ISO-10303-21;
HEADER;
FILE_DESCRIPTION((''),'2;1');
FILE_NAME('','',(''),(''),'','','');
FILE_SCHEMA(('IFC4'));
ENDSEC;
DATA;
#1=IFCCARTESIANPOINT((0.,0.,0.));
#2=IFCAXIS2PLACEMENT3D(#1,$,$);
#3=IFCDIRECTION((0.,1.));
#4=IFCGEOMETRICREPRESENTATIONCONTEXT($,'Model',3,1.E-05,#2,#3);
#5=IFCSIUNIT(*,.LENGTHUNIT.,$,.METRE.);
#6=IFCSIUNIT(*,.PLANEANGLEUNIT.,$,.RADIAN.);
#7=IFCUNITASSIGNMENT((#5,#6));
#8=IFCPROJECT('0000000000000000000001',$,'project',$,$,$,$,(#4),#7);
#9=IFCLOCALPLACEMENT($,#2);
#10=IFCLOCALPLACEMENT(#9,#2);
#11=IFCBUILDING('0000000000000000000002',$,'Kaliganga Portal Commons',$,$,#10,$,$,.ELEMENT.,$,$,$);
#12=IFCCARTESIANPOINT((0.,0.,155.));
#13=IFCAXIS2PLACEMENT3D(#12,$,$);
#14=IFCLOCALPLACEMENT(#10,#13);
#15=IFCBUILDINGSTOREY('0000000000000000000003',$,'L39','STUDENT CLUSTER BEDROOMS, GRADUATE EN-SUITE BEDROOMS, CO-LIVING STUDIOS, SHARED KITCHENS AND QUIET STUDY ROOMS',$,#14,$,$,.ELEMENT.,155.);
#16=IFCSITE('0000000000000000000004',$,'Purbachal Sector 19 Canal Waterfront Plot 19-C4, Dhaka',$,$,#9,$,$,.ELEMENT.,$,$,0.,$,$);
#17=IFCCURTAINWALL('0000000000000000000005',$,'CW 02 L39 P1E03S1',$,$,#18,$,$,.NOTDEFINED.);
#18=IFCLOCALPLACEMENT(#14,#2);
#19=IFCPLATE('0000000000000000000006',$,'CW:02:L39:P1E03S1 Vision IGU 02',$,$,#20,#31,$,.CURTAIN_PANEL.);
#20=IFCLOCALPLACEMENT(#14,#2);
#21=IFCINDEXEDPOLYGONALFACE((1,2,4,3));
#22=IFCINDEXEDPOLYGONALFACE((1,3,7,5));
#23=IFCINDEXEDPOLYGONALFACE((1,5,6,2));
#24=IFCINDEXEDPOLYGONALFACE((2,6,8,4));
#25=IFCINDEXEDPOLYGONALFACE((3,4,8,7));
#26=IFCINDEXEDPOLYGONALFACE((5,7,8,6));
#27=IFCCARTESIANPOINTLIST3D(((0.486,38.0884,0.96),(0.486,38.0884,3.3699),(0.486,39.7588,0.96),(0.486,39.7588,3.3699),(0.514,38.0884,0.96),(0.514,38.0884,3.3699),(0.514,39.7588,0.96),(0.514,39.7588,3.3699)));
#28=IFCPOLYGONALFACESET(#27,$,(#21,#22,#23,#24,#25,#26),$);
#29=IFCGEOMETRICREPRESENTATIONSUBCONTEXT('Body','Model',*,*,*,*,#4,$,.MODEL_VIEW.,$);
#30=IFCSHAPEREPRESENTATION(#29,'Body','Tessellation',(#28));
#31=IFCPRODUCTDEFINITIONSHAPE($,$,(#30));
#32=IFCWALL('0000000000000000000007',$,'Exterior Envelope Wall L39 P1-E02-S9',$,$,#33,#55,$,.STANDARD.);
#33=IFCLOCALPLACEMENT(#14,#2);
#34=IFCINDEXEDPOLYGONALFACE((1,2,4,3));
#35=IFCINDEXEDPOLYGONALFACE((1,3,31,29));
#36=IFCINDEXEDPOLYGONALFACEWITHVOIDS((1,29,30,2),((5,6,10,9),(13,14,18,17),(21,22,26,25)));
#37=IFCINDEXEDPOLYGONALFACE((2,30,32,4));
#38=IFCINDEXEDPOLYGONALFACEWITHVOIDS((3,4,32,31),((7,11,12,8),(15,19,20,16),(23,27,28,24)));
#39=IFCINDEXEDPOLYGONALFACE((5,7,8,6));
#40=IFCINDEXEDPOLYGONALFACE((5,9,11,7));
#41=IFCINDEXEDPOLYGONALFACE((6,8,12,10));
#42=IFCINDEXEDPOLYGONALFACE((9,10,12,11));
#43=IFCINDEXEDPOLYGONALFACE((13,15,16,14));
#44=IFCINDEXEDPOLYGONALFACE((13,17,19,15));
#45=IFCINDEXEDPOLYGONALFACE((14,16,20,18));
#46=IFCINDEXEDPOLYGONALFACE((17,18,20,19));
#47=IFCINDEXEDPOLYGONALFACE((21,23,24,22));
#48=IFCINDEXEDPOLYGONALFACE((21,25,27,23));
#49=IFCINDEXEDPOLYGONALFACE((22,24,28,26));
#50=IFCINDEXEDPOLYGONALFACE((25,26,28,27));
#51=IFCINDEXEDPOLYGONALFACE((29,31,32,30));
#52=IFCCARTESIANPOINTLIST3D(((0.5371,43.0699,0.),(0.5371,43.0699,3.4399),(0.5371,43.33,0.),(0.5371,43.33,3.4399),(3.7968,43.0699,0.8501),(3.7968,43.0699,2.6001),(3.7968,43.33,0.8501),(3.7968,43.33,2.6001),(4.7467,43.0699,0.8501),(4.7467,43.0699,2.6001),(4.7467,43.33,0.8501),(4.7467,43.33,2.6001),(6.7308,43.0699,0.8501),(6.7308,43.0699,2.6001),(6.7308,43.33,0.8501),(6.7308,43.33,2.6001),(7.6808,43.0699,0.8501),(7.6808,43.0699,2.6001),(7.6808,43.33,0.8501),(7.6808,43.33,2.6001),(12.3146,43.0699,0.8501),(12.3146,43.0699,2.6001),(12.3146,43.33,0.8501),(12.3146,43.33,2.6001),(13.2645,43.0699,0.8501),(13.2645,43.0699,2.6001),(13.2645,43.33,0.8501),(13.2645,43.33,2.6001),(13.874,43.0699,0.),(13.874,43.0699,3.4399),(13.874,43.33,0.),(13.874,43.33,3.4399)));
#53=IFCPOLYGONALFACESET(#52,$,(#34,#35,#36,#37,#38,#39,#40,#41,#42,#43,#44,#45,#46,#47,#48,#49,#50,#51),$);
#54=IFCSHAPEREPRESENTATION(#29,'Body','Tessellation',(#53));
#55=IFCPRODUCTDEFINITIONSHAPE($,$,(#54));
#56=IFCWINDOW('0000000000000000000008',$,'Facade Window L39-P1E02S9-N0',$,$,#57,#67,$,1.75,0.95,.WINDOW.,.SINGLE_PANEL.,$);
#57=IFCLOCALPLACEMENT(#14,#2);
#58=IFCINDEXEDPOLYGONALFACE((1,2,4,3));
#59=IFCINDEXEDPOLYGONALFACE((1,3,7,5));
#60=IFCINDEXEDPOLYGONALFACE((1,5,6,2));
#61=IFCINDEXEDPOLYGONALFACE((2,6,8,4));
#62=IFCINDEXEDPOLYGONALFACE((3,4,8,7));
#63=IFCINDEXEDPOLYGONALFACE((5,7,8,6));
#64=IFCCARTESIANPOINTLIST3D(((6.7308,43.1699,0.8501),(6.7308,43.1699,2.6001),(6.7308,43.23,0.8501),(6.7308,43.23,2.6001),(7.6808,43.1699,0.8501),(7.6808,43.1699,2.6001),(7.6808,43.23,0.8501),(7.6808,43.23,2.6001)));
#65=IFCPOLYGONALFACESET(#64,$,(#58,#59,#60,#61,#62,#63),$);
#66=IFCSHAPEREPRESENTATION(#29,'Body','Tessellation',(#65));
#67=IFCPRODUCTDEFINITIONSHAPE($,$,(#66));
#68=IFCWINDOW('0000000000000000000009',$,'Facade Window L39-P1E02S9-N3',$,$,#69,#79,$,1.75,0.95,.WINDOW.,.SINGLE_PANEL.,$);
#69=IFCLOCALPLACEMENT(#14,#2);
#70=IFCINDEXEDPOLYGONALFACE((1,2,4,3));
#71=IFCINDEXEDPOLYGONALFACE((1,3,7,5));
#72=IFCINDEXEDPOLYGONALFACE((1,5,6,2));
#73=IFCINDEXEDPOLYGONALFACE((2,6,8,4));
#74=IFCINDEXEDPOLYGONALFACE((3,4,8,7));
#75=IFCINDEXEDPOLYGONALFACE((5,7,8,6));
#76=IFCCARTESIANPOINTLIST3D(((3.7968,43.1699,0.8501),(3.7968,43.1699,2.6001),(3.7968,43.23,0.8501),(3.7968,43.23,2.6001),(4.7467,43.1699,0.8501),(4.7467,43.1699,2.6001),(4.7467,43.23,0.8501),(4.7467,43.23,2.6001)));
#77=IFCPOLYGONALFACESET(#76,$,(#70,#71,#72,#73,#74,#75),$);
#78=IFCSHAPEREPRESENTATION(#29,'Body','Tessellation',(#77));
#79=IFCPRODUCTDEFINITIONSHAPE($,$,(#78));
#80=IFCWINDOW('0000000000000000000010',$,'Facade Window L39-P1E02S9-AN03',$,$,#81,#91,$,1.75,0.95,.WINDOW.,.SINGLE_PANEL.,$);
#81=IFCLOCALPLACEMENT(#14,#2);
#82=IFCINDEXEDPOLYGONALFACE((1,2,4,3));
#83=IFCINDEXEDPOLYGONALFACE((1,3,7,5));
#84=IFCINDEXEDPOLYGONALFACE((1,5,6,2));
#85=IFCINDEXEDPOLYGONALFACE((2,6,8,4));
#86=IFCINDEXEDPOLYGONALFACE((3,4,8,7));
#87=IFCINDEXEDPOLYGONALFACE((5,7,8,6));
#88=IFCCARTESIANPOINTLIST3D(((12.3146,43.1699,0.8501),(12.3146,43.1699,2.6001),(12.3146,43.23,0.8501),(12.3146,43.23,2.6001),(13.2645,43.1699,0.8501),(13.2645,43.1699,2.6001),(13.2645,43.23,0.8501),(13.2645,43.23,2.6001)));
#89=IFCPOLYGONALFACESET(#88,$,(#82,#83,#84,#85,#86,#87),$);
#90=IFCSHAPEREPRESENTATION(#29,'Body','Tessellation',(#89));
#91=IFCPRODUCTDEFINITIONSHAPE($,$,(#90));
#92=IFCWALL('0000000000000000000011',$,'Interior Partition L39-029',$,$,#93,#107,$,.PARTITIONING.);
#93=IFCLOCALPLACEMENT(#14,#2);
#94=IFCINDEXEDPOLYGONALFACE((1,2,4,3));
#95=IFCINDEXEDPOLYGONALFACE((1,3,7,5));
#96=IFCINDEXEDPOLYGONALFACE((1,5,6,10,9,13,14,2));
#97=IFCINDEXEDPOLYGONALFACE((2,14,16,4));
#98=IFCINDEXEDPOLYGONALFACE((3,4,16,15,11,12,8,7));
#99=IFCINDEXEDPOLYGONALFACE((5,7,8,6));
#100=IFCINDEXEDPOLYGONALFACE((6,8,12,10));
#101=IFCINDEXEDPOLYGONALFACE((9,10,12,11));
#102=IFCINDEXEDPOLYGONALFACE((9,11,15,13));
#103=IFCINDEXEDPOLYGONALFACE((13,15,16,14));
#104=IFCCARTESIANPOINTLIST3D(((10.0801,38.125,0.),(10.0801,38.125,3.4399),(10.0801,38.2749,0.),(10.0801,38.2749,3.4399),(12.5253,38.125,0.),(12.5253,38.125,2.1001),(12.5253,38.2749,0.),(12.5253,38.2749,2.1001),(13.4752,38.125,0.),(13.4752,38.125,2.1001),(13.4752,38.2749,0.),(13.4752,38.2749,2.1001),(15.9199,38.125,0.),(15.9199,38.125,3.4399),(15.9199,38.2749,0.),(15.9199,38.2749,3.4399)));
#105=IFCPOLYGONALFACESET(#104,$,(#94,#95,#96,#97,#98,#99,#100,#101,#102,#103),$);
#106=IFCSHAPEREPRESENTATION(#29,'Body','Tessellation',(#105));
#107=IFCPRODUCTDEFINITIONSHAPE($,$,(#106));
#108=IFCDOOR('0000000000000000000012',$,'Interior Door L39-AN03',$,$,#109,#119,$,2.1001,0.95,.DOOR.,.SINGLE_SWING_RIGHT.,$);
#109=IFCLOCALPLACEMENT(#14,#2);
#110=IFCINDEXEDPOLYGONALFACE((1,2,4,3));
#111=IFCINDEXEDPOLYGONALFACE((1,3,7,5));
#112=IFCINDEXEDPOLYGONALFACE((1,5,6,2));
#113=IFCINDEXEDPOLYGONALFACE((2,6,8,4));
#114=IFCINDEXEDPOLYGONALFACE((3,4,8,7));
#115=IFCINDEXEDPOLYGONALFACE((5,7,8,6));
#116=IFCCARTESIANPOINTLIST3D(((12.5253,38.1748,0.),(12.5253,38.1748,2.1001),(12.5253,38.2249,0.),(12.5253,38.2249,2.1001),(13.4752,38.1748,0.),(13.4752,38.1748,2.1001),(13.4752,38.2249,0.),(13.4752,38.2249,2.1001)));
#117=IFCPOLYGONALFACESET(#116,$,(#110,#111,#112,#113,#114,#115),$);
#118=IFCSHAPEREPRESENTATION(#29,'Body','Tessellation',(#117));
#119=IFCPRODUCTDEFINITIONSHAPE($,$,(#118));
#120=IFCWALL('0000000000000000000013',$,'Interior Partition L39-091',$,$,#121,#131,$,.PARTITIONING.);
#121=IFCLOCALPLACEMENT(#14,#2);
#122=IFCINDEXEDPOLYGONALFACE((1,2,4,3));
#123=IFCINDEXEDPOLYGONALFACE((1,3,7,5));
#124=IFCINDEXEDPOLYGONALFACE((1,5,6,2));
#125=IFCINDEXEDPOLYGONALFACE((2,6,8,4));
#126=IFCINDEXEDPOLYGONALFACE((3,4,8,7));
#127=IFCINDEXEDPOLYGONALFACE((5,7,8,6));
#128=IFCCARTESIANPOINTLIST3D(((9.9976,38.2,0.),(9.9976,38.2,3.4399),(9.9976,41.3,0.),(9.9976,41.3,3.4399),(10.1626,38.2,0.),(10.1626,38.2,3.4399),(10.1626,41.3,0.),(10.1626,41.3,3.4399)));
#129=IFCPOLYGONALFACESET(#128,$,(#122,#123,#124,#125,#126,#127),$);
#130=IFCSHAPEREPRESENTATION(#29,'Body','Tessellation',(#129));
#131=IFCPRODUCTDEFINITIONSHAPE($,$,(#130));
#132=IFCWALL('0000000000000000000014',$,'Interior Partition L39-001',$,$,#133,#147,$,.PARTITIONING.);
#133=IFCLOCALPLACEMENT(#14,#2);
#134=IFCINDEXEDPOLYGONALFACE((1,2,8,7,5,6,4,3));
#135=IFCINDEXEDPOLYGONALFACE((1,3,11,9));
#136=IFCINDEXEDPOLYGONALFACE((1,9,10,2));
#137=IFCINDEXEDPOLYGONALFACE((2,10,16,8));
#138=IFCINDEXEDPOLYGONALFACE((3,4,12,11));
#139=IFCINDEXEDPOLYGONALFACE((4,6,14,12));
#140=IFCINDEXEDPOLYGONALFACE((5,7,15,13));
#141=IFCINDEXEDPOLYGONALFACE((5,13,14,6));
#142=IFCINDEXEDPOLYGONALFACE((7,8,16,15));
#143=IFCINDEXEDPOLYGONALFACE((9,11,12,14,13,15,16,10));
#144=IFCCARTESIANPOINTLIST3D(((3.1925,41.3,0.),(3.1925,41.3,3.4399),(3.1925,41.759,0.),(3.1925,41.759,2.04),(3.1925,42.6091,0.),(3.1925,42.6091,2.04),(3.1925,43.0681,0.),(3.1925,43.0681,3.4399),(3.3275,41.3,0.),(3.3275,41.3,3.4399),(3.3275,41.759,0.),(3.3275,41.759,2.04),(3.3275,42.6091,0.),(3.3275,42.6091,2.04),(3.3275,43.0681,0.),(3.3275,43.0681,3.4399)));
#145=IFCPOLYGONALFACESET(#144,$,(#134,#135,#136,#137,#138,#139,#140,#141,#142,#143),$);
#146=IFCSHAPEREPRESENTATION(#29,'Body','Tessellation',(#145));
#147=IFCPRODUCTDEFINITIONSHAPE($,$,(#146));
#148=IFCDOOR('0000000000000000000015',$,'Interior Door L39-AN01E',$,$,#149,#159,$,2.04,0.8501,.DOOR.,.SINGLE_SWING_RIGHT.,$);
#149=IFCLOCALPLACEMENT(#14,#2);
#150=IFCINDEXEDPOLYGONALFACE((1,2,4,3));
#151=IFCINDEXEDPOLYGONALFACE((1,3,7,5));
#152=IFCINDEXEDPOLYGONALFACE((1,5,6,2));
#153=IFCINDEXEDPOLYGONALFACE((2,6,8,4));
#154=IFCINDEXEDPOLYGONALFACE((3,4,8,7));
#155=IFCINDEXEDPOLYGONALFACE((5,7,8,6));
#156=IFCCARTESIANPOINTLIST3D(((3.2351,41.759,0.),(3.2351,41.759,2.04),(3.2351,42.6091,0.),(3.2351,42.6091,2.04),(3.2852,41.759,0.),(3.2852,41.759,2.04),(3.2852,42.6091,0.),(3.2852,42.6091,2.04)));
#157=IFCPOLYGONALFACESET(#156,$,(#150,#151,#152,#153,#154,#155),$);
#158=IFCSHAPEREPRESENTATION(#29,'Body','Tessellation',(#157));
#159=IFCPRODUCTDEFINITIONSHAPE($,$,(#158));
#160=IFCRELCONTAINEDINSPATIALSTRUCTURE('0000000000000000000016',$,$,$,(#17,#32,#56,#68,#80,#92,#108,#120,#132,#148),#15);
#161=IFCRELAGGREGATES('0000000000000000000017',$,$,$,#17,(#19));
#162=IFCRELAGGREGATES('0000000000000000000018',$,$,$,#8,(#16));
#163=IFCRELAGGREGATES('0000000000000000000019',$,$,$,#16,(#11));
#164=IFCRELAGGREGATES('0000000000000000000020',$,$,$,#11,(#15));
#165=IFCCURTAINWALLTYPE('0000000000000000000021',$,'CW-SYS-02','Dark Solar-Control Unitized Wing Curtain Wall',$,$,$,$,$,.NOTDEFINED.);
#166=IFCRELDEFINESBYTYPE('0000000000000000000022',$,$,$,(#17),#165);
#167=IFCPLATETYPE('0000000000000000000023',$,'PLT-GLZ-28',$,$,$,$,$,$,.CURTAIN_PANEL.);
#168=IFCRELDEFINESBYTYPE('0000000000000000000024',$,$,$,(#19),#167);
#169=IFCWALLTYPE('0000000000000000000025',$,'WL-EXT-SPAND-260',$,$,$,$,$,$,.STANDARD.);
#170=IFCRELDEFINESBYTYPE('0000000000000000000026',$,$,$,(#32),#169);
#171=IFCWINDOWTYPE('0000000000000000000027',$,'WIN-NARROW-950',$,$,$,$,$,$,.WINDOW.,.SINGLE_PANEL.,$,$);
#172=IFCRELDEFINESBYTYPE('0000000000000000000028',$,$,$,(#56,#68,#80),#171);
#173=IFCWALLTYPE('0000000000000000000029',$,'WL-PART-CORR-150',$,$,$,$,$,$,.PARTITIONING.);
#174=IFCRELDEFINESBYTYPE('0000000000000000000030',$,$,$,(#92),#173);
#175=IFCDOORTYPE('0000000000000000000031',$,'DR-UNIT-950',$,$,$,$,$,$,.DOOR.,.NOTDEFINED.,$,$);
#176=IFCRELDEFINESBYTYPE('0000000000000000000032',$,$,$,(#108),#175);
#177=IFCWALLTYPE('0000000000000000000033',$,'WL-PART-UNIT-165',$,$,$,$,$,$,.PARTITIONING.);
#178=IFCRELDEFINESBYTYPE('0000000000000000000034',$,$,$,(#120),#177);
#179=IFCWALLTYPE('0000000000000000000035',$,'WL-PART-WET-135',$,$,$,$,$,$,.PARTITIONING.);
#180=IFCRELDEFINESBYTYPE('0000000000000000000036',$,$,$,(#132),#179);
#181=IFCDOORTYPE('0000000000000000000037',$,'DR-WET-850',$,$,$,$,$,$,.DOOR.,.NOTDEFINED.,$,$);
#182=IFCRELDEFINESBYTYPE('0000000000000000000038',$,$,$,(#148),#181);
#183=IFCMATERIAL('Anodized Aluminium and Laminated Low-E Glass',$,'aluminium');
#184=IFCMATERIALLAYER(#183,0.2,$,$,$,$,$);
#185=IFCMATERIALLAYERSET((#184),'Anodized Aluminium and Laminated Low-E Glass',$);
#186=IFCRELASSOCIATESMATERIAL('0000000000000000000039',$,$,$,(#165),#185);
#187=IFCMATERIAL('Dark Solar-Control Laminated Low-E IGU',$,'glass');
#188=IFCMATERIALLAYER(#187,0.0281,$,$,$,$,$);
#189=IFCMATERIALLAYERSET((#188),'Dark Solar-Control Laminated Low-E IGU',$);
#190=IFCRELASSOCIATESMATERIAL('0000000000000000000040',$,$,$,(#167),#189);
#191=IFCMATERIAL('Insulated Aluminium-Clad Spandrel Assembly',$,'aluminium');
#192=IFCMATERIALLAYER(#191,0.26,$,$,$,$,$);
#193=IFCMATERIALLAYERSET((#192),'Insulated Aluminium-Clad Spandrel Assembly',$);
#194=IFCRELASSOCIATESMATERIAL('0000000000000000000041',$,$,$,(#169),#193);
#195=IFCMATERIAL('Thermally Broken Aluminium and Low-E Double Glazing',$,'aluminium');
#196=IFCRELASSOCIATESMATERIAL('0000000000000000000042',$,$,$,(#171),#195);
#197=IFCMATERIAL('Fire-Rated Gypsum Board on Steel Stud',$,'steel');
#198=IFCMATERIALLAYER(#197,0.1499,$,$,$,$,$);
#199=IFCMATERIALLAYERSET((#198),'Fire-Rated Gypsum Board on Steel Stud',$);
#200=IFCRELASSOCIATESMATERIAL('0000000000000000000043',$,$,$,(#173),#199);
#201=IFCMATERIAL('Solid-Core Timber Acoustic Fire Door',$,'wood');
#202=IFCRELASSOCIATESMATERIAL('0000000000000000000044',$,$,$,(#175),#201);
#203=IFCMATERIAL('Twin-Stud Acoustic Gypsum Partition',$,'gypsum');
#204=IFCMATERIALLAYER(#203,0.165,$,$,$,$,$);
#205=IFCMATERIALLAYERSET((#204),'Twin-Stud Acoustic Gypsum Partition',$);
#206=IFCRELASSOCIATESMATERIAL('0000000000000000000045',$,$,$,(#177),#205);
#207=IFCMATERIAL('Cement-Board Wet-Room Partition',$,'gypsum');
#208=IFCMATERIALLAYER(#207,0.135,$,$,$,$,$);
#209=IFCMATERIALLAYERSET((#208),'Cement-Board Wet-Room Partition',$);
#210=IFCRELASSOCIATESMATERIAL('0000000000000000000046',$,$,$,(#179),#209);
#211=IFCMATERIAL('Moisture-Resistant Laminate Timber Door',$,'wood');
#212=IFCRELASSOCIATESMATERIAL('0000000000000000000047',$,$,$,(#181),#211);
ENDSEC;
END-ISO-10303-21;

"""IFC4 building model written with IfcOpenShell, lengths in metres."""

from ifc_helpers import new_model, si_unit, direction, frame, frame_2d, origin, origin_2d, place, context, subcontext, project, spatial, rectangle, extrude, source, transform, mapped, material, layer, layer_set, type_object, element, fill, aggregate, save


model = new_model("IFC4")

# Units and contexts
model_context = context("Model", 3, precision=1e-05, world=origin(), true_north=direction((0.0, 1.0)))
body_context = subcontext(model_context, "Body", "Model", "MODEL_VIEW")
ifc_project = project(units=[si_unit("LENGTHUNIT", "METRE"), si_unit("PLANEANGLEUNIT", "RADIAN")], contexts=[model_context])

# Site, building, storey
site_placement = place(None, origin())
site = spatial("IfcSite", under=ifc_project, at=site_placement, Name="Purbachal Sector 19 Canal Waterfront Plot 19-C4, Dhaka", CompositionType="ELEMENT", RefElevation=0.0)
building_placement = place(site_placement, origin())
building = spatial("IfcBuilding", under=site, at=building_placement, Name="Kaliganga Portal Commons", CompositionType="ELEMENT")
storey_placement = place(building_placement, frame((0.0, 0.0, 155.0)))
storey = spatial("IfcBuildingStorey", under=building, at=storey_placement, Name="L39", Description="STUDENT CLUSTER BEDROOMS, GRADUATE EN-SUITE BEDROOMS, CO-LIVING STUDIOS, SHARED KITCHENS AND QUIET STUDY ROOMS", CompositionType="ELEMENT", Elevation=155.0)

# Curtain wall, plate
ifc_material_1 = material(Name="Anodized Aluminium and Laminated Low-E Glass", Category="aluminium")
ifc_layer_1 = layer(ifc_material_1, 0.2)
ifc_layer_set_1 = layer_set([ifc_layer_1], Name="Anodized Aluminium and Laminated Low-E Glass")
curtain_wall_type = type_object("IfcCurtainWallType", Name="CW-SYS-02", Description="Dark Solar-Control Unitized Wing Curtain Wall", PredefinedType="NOTDEFINED", material=ifc_layer_set_1)
curtain_wall_placement = place(storey_placement, origin())
curtain_wall = element("IfcCurtainWall", 1, at=curtain_wall_placement, inside=storey, type_object=curtain_wall_type, Name="CW 02 L39 P1E03S1", PredefinedType="NOTDEFINED")
ifc_material_2 = material(Name="Dark Solar-Control Laminated Low-E IGU", Category="glass")
ifc_layer_2 = layer(ifc_material_2, 0.0281)
ifc_layer_set_2 = layer_set([ifc_layer_2], Name="Dark Solar-Control Laminated Low-E IGU")
plate_type_1 = type_object("IfcPlateType", Name="PLT-GLZ-28", PredefinedType="CURTAIN_PANEL", material=ifc_layer_set_2)
shared_shape_1 = source(origin(), body_context, "Body", "SweptSolid", [
    extrude(rectangle(XDim=1.6704, YDim=0.0281, at=origin_2d()), origin(), (0.0, 0.0, 1.0), 2.4099),
])
plate_1_placement = place(storey_placement, frame((0.5, 38.9236, 0.96), z_axis=(0.0, 0.0, 1.0), x_axis=(0.0, -1.0, 0.0)))
plate_1 = element("IfcPlate", 2, at=plate_1_placement, type_object=plate_type_1, Name="CW:02:L39:P1E03S1 Vision IGU 02", PredefinedType="CURTAIN_PANEL", context=body_context, shape_type="MappedRepresentation", body=[
    mapped(shared_shape_1, transform((0.0, 0.0, 0.0), x_axis=(1.0, 0.0, 0.0), y_axis=(0.0, 1.0, 0.0), z_axis=(0.0, 0.0, 1.0), scale=1.0)),
])
aggregate(curtain_wall, [plate_1])

# Wall, openings, windows
ifc_material_3 = material(Name="Insulated Aluminium-Clad Spandrel Assembly", Category="aluminium")
ifc_layer_3 = layer(ifc_material_3, 0.26)
ifc_layer_set_3 = layer_set([ifc_layer_3], Name="Insulated Aluminium-Clad Spandrel Assembly")
wall_type_1 = type_object("IfcWallType", Name="WL-EXT-SPAND-260", PredefinedType="STANDARD", material=ifc_layer_set_3)
wall_1_placement = place(storey_placement, frame((0.5371, 43.2, 0.0), z_axis=(0.0, 0.0, 1.0), x_axis=(1.0, 0.0, 0.0)))
wall_1 = element("IfcWall", 3, at=wall_1_placement, inside=storey, type_object=wall_type_1, Name="Exterior Envelope Wall L39 P1-E02-S9", PredefinedType="STANDARD", context=body_context, shape_type="SweptSolid", body=[
    extrude(rectangle(XDim=13.3369, YDim=0.26, at=frame_2d((6.6685, 0.0))), origin(), (0.0, 0.0, 1.0), 3.4399),
])
opening_1_placement = place(wall_1_placement, frame((6.1936, 0.0, 0.8501)))
opening_1 = element("IfcOpeningElement", 4, at=opening_1_placement, cuts=wall_1, PredefinedType="OPENING", context=body_context, shape_type="SweptSolid", body=[
    extrude(rectangle(XDim=0.95, YDim=1.75, at=frame_2d((0.4751, 0.875))), frame((0.0, 0.1401, 0.0), z_axis=(0.0, -1.0, 0.0), x_axis=(1.0, 0.0, 0.0)), (0.0, 0.0, 1.0), 0.28),
])
opening_2_placement = place(wall_1_placement, frame((3.2595, 0.0, 0.8501)))
opening_2 = element("IfcOpeningElement", 5, at=opening_2_placement, cuts=wall_1, PredefinedType="OPENING", context=body_context, shape_type="SweptSolid", body=[
    extrude(rectangle(XDim=0.95, YDim=1.75, at=frame_2d((0.4751, 0.875))), frame((0.0, 0.1401, 0.0), z_axis=(0.0, -1.0, 0.0), x_axis=(1.0, 0.0, 0.0)), (0.0, 0.0, 1.0), 0.28),
])
opening_3_placement = place(wall_1_placement, frame((11.7773, 0.0, 0.8501)))
opening_3 = element("IfcOpeningElement", 6, at=opening_3_placement, cuts=wall_1, PredefinedType="OPENING", context=body_context, shape_type="SweptSolid", body=[
    extrude(rectangle(XDim=0.95, YDim=1.75, at=frame_2d((0.4751, 0.875))), frame((0.0, 0.1401, 0.0), z_axis=(0.0, -1.0, 0.0), x_axis=(1.0, 0.0, 0.0)), (0.0, 0.0, 1.0), 0.28),
])
ifc_material_4 = material(Name="Thermally Broken Aluminium and Low-E Double Glazing", Category="aluminium")
window_type = type_object("IfcWindowType", Name="WIN-NARROW-950", PartitioningType="SINGLE_PANEL", PredefinedType="WINDOW", material=ifc_material_4)
window_1_placement = place(opening_1_placement, origin())
window_1 = element("IfcWindow", 7, at=window_1_placement, inside=storey, type_object=window_type, Name="Facade Window L39-P1E02S9-N0", OverallHeight=1.75, OverallWidth=0.95, PartitioningType="SINGLE_PANEL", PredefinedType="WINDOW", context=body_context, shape_type="SweptSolid", body=[
    extrude(rectangle(XDim=0.95, YDim=1.75, at=frame_2d((0.4751, 0.875))), frame((0.0, 0.03, 0.0), z_axis=(0.0, -1.0, 0.0), x_axis=(1.0, 0.0, 0.0)), (0.0, 0.0, 1.0), 0.0601),
])
fill(opening_1, window_1)
window_2_placement = place(opening_2_placement, origin())
window_2 = element("IfcWindow", 8, at=window_2_placement, inside=storey, type_object=window_type, Name="Facade Window L39-P1E02S9-N3", OverallHeight=1.75, OverallWidth=0.95, PartitioningType="SINGLE_PANEL", PredefinedType="WINDOW", context=body_context, shape_type="SweptSolid", body=[
    extrude(rectangle(XDim=0.95, YDim=1.75, at=frame_2d((0.4751, 0.875))), frame((0.0, 0.03, 0.0), z_axis=(0.0, -1.0, 0.0), x_axis=(1.0, 0.0, 0.0)), (0.0, 0.0, 1.0), 0.0601),
])
fill(opening_2, window_2)
window_3_placement = place(opening_3_placement, origin())
window_3 = element("IfcWindow", 9, at=window_3_placement, inside=storey, type_object=window_type, Name="Facade Window L39-P1E02S9-AN03", OverallHeight=1.75, OverallWidth=0.95, PartitioningType="SINGLE_PANEL", PredefinedType="WINDOW", context=body_context, shape_type="SweptSolid", body=[
    extrude(rectangle(XDim=0.95, YDim=1.75, at=frame_2d((0.4751, 0.875))), frame((0.0, 0.03, 0.0), z_axis=(0.0, -1.0, 0.0), x_axis=(1.0, 0.0, 0.0)), (0.0, 0.0, 1.0), 0.0601),
])
fill(opening_3, window_3)

# Wall, opening, door
ifc_material_5 = material(Name="Fire-Rated Gypsum Board on Steel Stud", Category="steel")
ifc_layer_4 = layer(ifc_material_5, 0.1499)
ifc_layer_set_4 = layer_set([ifc_layer_4], Name="Fire-Rated Gypsum Board on Steel Stud")
wall_type_2 = type_object("IfcWallType", Name="WL-PART-CORR-150", PredefinedType="PARTITIONING", material=ifc_layer_set_4)
wall_2_placement = place(storey_placement, frame((10.0801, 38.2, 0.0), z_axis=(0.0, 0.0, 1.0), x_axis=(1.0, 0.0, 0.0)))
wall_2 = element("IfcWall", 10, at=wall_2_placement, inside=storey, type_object=wall_type_2, Name="Interior Partition L39-029", PredefinedType="PARTITIONING", context=body_context, shape_type="SweptSolid", body=[
    extrude(rectangle(XDim=5.8398, YDim=0.1499, at=frame_2d((2.9199, 0.0))), origin(), (0.0, 0.0, 1.0), 3.4399),
])
opening_4_placement = place(wall_2_placement, frame((2.4451, 0.0, 0.0)))
opening_4 = element("IfcOpeningElement", 11, at=opening_4_placement, cuts=wall_2, PredefinedType="OPENING", context=body_context, shape_type="SweptSolid", body=[
    extrude(rectangle(XDim=0.95, YDim=2.1001, at=frame_2d((0.4751, 1.05))), frame((0.0, 0.085, 0.0), z_axis=(0.0, -1.0, 0.0), x_axis=(1.0, 0.0, 0.0)), (0.0, 0.0, 1.0), 0.1699),
])
ifc_material_6 = material(Name="Solid-Core Timber Acoustic Fire Door", Category="wood")
door_type_1 = type_object("IfcDoorType", Name="DR-UNIT-950", OperationType="NOTDEFINED", PredefinedType="DOOR", material=ifc_material_6)
door_1_placement = place(opening_4_placement, origin())
door_1 = element("IfcDoor", 12, at=door_1_placement, inside=storey, type_object=door_type_1, Name="Interior Door L39-AN03", OperationType="SINGLE_SWING_RIGHT", OverallHeight=2.1001, OverallWidth=0.95, PredefinedType="DOOR", context=body_context, shape_type="SweptSolid", body=[
    extrude(rectangle(XDim=0.95, YDim=2.1001, at=frame_2d((0.4751, 1.05))), frame((0.0, 0.0249, 0.0), z_axis=(0.0, -1.0, 0.0), x_axis=(1.0, 0.0, 0.0)), (0.0, 0.0, 1.0), 0.05),
])
fill(opening_4, door_1)

# Wall
ifc_material_7 = material(Name="Twin-Stud Acoustic Gypsum Partition", Category="gypsum")
ifc_layer_5 = layer(ifc_material_7, 0.165)
ifc_layer_set_5 = layer_set([ifc_layer_5], Name="Twin-Stud Acoustic Gypsum Partition")
wall_type_3 = type_object("IfcWallType", Name="WL-PART-UNIT-165", PredefinedType="PARTITIONING", material=ifc_layer_set_5)
wall_3_placement = place(storey_placement, frame((10.0801, 38.2, 0.0), z_axis=(0.0, 0.0, 1.0), x_axis=(0.0, 1.0, 0.0)))
element("IfcWall", 13, at=wall_3_placement, inside=storey, type_object=wall_type_3, Name="Interior Partition L39-091", PredefinedType="PARTITIONING", context=body_context, shape_type="SweptSolid", body=[
    extrude(rectangle(XDim=3.1001, YDim=0.165, at=frame_2d((1.55, 0.0))), origin(), (0.0, 0.0, 1.0), 3.4399),
])

# Wall, opening, door
ifc_material_8 = material(Name="Cement-Board Wet-Room Partition", Category="gypsum")
ifc_layer_6 = layer(ifc_material_8, 0.135)
ifc_layer_set_6 = layer_set([ifc_layer_6], Name="Cement-Board Wet-Room Partition")
wall_type_4 = type_object("IfcWallType", Name="WL-PART-WET-135", PredefinedType="PARTITIONING", material=ifc_layer_set_6)
wall_4_placement = place(storey_placement, frame((3.26, 41.3, 0.0), z_axis=(0.0, 0.0, 1.0), x_axis=(0.0, 1.0, 0.0)))
wall_4 = element("IfcWall", 14, at=wall_4_placement, inside=storey, type_object=wall_type_4, Name="Interior Partition L39-001", PredefinedType="PARTITIONING", context=body_context, shape_type="SweptSolid", body=[
    extrude(rectangle(XDim=1.7681, YDim=0.135, at=frame_2d((0.884, 0.0))), origin(), (0.0, 0.0, 1.0), 3.4399),
])
opening_5_placement = place(wall_4_placement, frame((0.459, 0.0, 0.0)))
opening_5 = element("IfcOpeningElement", 15, at=opening_5_placement, cuts=wall_4, PredefinedType="OPENING", context=body_context, shape_type="SweptSolid", body=[
    extrude(rectangle(XDim=0.8501, YDim=2.04, at=frame_2d((0.425, 1.02))), frame((0.0, 0.0776, 0.0), z_axis=(0.0, -1.0, 0.0), x_axis=(1.0, 0.0, 0.0)), (0.0, 0.0, 1.0), 0.155),
])
ifc_material_9 = material(Name="Moisture-Resistant Laminate Timber Door", Category="wood")
door_type_2 = type_object("IfcDoorType", Name="DR-WET-850", OperationType="NOTDEFINED", PredefinedType="DOOR", material=ifc_material_9)
door_2_placement = place(opening_5_placement, origin())
door_2 = element("IfcDoor", 16, at=door_2_placement, inside=storey, type_object=door_type_2, Name="Interior Door L39-AN01E", OperationType="SINGLE_SWING_RIGHT", OverallHeight=2.04, OverallWidth=0.8501, PredefinedType="DOOR", context=body_context, shape_type="SweptSolid", body=[
    extrude(rectangle(XDim=0.8501, YDim=2.04, at=frame_2d((0.425, 1.02))), frame((0.0, 0.0249, 0.0), z_axis=(0.0, -1.0, 0.0), x_axis=(1.0, 0.0, 0.0)), (0.0, 0.0, 1.0), 0.05),
])
fill(opening_5, door_2)

save(model, "model.ifc")
